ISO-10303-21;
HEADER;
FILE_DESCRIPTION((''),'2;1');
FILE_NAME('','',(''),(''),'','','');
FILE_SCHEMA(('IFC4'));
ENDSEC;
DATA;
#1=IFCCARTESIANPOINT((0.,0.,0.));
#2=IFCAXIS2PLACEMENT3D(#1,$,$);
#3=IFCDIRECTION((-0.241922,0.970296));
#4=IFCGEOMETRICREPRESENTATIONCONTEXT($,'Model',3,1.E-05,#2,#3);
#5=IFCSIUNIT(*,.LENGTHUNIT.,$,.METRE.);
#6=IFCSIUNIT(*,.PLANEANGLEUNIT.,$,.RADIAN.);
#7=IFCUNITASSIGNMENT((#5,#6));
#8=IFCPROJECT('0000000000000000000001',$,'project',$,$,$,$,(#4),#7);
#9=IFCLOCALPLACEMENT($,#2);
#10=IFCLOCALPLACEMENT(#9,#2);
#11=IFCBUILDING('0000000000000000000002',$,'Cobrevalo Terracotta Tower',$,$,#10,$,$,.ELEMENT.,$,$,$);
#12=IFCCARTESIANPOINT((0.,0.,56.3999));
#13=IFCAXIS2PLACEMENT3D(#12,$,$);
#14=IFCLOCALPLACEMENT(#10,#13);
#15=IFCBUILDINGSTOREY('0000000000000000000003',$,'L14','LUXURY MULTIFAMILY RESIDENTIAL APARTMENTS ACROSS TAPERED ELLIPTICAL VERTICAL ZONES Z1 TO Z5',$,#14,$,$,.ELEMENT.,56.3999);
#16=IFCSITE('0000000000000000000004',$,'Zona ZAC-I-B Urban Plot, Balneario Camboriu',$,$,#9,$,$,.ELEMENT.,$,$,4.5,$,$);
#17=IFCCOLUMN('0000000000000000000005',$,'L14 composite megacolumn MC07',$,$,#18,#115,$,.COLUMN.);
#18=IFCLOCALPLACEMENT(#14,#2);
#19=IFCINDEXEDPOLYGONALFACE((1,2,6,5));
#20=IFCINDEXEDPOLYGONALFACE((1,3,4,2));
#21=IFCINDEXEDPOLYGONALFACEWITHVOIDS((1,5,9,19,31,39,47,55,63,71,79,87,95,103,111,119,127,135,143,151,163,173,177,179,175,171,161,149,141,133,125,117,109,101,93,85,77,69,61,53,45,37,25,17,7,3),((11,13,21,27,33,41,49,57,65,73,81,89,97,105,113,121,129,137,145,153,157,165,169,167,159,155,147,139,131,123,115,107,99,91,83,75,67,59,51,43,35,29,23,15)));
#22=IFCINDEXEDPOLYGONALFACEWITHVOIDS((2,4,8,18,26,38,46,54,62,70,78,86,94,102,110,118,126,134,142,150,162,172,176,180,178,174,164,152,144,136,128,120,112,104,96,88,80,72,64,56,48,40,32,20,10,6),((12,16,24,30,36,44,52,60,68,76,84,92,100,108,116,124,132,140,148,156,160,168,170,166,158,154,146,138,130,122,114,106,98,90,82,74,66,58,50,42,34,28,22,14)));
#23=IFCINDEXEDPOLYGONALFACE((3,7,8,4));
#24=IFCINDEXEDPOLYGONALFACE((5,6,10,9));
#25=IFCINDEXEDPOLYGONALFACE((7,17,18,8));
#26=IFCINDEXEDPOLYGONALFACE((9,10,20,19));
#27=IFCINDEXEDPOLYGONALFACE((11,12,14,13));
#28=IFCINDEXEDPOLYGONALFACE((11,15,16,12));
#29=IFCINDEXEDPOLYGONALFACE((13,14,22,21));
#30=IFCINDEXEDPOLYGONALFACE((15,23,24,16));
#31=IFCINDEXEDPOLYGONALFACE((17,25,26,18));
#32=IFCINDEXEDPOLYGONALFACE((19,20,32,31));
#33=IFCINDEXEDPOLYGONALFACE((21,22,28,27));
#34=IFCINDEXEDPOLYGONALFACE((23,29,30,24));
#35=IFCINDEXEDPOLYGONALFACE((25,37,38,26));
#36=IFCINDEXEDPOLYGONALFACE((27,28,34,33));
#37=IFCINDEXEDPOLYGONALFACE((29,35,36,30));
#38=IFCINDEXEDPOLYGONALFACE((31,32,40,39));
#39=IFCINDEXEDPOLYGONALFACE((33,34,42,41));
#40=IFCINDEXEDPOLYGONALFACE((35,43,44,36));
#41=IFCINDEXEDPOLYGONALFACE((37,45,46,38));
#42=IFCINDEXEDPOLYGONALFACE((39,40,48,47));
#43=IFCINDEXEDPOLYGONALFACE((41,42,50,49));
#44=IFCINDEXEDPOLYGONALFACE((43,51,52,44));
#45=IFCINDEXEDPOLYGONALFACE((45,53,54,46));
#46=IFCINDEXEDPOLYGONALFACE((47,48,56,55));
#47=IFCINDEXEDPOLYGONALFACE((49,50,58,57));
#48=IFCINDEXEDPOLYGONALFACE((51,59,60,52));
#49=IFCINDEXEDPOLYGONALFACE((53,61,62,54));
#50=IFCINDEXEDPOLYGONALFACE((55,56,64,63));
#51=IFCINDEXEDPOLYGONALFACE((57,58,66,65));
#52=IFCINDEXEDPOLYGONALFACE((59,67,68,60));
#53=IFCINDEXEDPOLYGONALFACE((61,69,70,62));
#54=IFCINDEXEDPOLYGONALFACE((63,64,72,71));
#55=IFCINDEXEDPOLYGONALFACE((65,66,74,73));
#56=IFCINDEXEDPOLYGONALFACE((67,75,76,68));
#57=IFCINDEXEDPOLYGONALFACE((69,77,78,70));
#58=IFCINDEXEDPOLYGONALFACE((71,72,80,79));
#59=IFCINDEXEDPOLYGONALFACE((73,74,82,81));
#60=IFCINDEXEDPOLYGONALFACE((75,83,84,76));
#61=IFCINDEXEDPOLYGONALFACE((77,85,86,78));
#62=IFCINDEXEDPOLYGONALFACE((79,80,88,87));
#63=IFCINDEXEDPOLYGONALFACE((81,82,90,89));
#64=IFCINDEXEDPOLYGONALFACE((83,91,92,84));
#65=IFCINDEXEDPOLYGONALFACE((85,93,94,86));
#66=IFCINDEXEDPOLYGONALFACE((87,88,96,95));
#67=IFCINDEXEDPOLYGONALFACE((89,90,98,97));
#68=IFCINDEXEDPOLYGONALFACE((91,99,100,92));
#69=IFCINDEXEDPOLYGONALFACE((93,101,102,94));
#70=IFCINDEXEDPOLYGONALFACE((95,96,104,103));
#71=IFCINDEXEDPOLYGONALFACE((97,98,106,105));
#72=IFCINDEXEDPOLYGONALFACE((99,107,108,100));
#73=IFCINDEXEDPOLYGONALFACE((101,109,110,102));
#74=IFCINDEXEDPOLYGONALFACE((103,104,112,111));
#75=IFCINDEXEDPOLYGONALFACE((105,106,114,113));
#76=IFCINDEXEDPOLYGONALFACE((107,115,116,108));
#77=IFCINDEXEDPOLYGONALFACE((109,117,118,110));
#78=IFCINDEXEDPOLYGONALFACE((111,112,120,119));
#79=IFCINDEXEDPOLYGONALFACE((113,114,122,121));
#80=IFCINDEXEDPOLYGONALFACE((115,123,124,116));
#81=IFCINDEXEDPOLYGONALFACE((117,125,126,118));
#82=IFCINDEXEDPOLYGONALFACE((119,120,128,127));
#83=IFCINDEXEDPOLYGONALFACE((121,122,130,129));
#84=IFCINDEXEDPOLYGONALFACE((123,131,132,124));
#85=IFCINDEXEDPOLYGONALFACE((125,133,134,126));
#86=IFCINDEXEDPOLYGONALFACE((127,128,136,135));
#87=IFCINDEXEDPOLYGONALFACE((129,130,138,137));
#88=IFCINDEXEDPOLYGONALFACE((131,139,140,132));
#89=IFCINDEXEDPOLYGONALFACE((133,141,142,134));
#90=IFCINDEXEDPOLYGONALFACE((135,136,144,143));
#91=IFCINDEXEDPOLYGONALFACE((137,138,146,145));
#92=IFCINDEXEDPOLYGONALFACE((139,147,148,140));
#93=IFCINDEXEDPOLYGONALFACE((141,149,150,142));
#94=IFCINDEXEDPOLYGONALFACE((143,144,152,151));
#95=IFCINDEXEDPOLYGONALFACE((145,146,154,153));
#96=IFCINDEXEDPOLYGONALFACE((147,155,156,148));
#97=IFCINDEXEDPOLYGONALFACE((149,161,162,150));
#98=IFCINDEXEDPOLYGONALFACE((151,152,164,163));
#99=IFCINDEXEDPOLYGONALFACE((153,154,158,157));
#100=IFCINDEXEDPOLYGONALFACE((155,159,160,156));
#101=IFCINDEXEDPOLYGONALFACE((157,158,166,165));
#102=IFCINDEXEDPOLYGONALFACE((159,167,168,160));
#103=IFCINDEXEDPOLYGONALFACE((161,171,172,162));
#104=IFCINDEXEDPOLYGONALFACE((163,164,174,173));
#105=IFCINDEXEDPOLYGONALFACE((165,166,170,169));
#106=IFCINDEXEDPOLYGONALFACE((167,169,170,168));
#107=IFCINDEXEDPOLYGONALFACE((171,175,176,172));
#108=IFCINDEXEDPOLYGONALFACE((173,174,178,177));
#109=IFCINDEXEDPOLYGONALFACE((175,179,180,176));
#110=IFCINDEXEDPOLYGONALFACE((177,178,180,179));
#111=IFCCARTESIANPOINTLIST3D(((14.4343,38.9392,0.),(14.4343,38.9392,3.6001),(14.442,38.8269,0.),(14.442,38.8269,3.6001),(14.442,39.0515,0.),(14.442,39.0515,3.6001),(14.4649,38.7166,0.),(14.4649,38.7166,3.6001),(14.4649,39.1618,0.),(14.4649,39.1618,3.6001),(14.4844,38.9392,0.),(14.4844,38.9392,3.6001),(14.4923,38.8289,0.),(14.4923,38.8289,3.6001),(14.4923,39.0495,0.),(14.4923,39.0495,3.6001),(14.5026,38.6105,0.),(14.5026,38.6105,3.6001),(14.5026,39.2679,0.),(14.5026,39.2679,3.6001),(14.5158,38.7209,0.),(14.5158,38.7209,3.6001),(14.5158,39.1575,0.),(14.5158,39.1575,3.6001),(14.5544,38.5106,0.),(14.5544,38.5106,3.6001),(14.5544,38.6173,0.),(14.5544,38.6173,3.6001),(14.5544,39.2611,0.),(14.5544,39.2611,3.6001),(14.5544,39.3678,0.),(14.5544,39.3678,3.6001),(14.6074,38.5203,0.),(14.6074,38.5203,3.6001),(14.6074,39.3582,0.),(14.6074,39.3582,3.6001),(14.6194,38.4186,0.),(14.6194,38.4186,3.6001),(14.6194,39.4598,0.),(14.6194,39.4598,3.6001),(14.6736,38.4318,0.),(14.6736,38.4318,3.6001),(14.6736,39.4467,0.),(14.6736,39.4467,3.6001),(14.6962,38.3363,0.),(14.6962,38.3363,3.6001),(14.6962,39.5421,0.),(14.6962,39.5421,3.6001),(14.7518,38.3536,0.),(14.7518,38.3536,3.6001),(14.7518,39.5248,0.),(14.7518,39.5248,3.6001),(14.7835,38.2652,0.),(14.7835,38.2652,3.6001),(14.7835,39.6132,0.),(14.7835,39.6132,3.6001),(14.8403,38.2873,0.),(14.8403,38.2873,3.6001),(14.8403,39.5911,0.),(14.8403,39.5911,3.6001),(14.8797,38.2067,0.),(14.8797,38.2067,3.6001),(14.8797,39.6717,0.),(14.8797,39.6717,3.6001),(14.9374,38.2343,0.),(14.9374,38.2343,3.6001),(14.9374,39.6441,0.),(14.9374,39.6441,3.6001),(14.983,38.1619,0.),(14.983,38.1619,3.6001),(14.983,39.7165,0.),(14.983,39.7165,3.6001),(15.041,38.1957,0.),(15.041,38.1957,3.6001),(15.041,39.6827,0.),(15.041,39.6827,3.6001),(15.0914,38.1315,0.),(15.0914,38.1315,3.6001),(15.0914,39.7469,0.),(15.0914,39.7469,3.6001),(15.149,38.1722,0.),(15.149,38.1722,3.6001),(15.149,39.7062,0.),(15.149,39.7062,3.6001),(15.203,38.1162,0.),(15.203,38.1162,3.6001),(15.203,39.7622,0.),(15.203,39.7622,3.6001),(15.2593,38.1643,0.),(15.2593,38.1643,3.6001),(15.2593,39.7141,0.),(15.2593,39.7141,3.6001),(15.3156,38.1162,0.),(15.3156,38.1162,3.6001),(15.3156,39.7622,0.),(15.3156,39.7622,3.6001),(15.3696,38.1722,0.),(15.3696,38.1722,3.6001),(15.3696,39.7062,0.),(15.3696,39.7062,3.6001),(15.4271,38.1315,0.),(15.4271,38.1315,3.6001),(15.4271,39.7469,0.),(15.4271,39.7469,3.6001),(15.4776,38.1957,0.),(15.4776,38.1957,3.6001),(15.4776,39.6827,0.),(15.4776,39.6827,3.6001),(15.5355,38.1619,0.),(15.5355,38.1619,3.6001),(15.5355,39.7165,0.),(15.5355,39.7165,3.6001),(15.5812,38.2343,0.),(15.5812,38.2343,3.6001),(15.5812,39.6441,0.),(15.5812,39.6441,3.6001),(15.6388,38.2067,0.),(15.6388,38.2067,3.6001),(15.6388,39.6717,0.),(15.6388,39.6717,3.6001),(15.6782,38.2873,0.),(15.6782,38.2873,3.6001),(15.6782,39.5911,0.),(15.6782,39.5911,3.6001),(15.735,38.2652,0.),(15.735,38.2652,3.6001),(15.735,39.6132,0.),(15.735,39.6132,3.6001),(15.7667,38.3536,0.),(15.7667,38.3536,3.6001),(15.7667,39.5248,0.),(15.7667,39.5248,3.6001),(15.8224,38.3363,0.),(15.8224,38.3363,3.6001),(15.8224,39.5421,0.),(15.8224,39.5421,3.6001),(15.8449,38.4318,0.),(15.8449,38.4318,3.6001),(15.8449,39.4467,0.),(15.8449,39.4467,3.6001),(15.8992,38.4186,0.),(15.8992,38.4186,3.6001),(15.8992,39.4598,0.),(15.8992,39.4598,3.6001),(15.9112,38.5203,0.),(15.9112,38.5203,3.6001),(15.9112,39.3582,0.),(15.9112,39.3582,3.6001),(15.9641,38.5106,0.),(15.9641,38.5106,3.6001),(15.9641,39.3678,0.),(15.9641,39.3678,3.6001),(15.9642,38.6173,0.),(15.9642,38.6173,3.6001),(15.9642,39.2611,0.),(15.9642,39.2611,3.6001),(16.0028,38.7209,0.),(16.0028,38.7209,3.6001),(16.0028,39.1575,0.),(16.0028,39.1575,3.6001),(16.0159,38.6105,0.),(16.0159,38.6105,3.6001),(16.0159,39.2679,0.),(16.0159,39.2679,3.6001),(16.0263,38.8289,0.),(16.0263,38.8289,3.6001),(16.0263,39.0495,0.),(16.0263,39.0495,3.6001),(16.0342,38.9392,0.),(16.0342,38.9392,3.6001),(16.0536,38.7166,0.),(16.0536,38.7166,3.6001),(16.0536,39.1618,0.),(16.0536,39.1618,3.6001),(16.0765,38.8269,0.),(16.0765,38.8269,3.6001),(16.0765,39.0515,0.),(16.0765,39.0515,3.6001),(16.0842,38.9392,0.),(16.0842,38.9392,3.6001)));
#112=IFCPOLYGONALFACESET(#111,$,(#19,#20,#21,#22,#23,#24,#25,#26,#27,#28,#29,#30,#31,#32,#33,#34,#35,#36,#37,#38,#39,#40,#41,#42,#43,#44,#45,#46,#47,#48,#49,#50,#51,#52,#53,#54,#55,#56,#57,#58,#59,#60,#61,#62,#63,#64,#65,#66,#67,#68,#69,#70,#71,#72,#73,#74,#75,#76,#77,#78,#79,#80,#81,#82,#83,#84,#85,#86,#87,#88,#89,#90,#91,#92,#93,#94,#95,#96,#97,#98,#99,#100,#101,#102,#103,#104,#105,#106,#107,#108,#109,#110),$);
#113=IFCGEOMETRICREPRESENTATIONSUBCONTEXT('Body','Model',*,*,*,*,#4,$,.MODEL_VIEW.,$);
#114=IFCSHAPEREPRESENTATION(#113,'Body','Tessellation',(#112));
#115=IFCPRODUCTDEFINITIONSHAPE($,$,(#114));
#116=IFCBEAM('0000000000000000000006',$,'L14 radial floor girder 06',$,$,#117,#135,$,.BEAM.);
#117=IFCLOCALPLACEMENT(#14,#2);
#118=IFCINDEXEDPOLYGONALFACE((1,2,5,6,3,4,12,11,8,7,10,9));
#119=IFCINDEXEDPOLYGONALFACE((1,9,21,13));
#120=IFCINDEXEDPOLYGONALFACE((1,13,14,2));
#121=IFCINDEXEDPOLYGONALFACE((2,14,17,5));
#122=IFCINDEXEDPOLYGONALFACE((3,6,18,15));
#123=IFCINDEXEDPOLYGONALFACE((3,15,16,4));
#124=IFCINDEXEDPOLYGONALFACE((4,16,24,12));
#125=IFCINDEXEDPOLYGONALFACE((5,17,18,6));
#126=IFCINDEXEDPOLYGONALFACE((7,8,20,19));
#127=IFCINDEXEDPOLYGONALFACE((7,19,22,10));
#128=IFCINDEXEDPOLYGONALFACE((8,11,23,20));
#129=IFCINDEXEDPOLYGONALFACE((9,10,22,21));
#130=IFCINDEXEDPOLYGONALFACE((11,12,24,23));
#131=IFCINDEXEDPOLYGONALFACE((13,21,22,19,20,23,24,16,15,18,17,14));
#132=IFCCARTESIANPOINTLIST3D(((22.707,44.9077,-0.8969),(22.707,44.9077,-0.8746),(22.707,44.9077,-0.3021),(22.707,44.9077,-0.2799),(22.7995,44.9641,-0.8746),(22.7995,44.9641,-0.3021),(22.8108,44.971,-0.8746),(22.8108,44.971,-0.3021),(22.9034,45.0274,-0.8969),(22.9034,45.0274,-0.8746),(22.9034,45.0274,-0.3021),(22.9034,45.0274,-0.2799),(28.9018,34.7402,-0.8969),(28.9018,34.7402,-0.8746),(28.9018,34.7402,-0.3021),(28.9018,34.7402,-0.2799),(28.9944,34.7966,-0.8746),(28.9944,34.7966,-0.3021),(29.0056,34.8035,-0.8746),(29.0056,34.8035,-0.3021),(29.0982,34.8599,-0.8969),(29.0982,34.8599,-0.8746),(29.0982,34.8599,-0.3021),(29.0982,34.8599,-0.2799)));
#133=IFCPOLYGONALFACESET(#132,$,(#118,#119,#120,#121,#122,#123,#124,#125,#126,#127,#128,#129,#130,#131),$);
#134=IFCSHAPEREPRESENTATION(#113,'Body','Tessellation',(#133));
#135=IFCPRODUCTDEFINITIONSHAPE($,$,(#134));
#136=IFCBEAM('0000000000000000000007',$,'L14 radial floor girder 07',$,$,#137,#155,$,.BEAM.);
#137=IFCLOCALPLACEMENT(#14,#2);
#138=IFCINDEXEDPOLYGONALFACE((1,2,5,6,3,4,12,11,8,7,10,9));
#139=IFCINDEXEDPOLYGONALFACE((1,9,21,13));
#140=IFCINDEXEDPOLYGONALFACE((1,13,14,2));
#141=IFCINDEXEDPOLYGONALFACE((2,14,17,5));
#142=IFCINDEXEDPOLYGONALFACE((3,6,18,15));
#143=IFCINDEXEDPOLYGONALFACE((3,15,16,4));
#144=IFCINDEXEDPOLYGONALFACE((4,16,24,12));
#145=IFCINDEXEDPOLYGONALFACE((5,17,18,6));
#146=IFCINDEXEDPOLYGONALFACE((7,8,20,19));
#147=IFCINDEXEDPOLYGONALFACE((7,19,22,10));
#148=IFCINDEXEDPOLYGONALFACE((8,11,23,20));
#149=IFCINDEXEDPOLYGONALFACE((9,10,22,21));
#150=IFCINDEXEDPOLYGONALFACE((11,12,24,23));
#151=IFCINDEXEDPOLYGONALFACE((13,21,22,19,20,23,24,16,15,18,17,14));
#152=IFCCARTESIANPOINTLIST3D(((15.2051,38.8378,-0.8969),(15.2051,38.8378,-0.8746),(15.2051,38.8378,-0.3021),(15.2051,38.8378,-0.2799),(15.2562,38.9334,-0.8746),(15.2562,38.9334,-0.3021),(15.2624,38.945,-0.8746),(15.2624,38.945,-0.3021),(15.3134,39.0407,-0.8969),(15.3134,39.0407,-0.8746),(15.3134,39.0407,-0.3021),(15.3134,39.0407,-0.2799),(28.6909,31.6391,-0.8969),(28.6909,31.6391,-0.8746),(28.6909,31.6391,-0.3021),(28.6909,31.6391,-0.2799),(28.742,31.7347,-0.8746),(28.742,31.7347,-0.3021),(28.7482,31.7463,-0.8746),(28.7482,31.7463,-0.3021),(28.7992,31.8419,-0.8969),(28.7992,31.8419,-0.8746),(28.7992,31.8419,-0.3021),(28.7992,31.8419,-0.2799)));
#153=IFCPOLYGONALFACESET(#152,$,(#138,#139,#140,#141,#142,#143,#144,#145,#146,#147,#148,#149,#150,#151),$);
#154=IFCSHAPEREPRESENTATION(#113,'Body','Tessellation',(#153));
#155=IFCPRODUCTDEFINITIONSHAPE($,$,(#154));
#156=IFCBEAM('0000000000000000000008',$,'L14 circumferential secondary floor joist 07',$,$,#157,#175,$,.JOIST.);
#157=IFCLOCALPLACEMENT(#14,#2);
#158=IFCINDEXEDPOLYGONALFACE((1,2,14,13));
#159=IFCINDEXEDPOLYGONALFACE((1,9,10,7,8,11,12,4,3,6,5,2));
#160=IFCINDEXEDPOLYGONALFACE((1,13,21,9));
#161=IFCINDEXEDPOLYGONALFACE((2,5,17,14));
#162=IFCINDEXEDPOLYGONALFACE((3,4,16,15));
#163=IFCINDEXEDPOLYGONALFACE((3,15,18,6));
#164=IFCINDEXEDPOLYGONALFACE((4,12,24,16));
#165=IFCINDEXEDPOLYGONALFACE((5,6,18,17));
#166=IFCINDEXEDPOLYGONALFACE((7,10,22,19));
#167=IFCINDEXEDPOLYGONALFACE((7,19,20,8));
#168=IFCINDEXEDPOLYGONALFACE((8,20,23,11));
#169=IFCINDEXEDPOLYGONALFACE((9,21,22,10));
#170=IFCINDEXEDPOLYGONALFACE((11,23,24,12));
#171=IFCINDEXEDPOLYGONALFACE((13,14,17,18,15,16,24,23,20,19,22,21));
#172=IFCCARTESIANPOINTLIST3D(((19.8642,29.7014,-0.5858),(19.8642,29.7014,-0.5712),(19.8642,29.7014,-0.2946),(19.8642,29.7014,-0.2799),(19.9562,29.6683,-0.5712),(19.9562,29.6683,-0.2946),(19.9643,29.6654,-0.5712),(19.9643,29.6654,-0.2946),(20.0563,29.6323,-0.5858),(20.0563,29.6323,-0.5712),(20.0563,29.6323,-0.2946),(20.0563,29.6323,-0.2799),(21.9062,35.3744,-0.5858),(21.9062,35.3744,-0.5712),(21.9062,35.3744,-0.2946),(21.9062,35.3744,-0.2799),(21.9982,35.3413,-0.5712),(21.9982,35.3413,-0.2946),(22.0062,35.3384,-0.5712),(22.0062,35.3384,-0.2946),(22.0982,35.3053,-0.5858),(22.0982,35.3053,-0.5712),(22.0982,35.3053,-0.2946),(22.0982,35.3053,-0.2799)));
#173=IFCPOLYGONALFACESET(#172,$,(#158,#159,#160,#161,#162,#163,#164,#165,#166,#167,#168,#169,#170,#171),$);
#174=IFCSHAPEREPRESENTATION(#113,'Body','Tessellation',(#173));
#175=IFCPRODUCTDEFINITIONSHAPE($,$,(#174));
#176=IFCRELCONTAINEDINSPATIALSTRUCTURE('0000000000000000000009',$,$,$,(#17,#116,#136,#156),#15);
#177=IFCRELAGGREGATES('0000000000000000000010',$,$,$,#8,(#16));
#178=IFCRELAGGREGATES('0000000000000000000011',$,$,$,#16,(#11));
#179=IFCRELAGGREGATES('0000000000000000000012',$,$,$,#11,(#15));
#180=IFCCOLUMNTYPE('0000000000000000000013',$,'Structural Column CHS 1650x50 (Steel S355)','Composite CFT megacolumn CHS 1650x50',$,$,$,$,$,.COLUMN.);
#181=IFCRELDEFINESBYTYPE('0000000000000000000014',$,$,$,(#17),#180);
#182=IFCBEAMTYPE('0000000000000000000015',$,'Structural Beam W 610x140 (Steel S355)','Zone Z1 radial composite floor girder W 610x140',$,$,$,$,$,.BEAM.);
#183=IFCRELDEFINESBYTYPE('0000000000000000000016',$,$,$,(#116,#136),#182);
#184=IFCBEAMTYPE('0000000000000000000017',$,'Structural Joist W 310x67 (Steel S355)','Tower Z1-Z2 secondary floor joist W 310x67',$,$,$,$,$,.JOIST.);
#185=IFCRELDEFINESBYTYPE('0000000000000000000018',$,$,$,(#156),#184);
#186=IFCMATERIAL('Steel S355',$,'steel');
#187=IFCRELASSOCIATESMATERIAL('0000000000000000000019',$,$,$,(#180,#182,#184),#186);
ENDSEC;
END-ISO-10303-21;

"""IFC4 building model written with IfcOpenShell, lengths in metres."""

from ifc_helpers import new_model, si_unit, direction, frame, origin, origin_2d, place, context, subcontext, project, spatial, hollow_circle, i_section, extrude, material, material_profile, profile_set, type_object, element, save


model = new_model("IFC4")

# Units and contexts
model_context = context("Model", 3, precision=1e-05, world=origin(), true_north=direction((-0.241922, 0.970296)))
body_context = subcontext(model_context, "Body", "Model", "MODEL_VIEW")
ifc_project = project(units=[si_unit("LENGTHUNIT", "METRE"), si_unit("PLANEANGLEUNIT", "RADIAN")], contexts=[model_context])

# Site, building, storey
site_placement = place(None, origin())
site = spatial("IfcSite", under=ifc_project, at=site_placement, Name="Zona ZAC-I-B Urban Plot, Balneario Camboriu", CompositionType="ELEMENT", RefElevation=4.5)
building_placement = place(site_placement, origin())
building = spatial("IfcBuilding", under=site, at=building_placement, Name="Cobrevalo Terracotta Tower", CompositionType="ELEMENT")
storey_placement = place(building_placement, frame((0.0, 0.0, 56.3999)))
storey = spatial("IfcBuildingStorey", under=building, at=storey_placement, Name="L14", Description="LUXURY MULTIFAMILY RESIDENTIAL APARTMENTS ACROSS TAPERED ELLIPTICAL VERTICAL ZONES Z1 TO Z5", CompositionType="ELEMENT", Elevation=56.3999)

# Column
ifc_material_1 = material(Name="Steel S355", Category="steel")
ifc_material_profile_1 = material_profile(ifc_material_1, hollow_circle(Radius=0.825, WallThickness=0.05, at=origin_2d()), Name="CHS 1650x50")
ifc_profile_set_1 = profile_set([ifc_material_profile_1], Name="Steel S355")
column_type = type_object("IfcColumnType", Name="Structural Column CHS 1650x50 (Steel S355)", Description="Composite CFT megacolumn CHS 1650x50", PredefinedType="COLUMN", material=ifc_profile_set_1)
for number, where, z_axis, x_axis, name in (
    (1, (15.2593, 38.9392, 0.0), (0.0, 0.0, 1.0), (1.0, 0.0, 0.0), "L14 composite megacolumn MC07"),
):
    element("IfcColumn", number, at=place(storey_placement, frame(where, z_axis=z_axis, x_axis=x_axis)), inside=storey, type_object=column_type, Name=name, PredefinedType="COLUMN", context=body_context, shape_type="SweptSolid", body=[
        extrude(hollow_circle(Radius=0.825, WallThickness=0.05, at=origin_2d()), origin(), (0.0, 0.0, 1.0), 3.6001),
    ])

# Beams
ifc_material_profile_2 = material_profile(ifc_material_1, i_section(OverallWidth=0.23, OverallDepth=0.6169, WebThickness=0.0132, FlangeThickness=0.0222, at=origin_2d()), Name="W 610x140")
ifc_profile_set_2 = profile_set([ifc_material_profile_2], Name="Steel S355")
beam_type_1 = type_object("IfcBeamType", Name="Structural Beam W 610x140 (Steel S355)", Description="Zone Z1 radial composite floor girder W 610x140", PredefinedType="BEAM", material=ifc_profile_set_2)
beam_1_placement = place(storey_placement, frame((22.8052, 44.9675, -0.5884), z_axis=(0.52031, -0.853978, 0.0), x_axis=(0.853978, 0.52031, 0.0)))
element("IfcBeam", 2, at=beam_1_placement, inside=storey, type_object=beam_type_1, Name="L14 radial floor girder 06", PredefinedType="BEAM", context=body_context, shape_type="SweptSolid", body=[
    extrude(i_section(OverallWidth=0.23, OverallDepth=0.6169, WebThickness=0.0132, FlangeThickness=0.0222, at=origin_2d()), origin(), (0.0, 0.0, 1.0), 11.906),
])
beam_2_placement = place(storey_placement, frame((15.2593, 38.9392, -0.5884), z_axis=(0.882182, -0.470908, 0.0), x_axis=(0.470908, 0.882182, 0.0)))
element("IfcBeam", 3, at=beam_2_placement, inside=storey, type_object=beam_type_1, Name="L14 radial floor girder 07", PredefinedType="BEAM", context=body_context, shape_type="SweptSolid", body=[
    extrude(i_section(OverallWidth=0.23, OverallDepth=0.6169, WebThickness=0.0132, FlangeThickness=0.0222, at=origin_2d()), origin(), (0.0, 0.0, 1.0), 15.2869),
])
ifc_material_profile_3 = material_profile(ifc_material_1, i_section(OverallWidth=0.2041, OverallDepth=0.3059, WebThickness=0.0085, FlangeThickness=0.0146, at=origin_2d()), Name="W 310x67")
ifc_profile_set_3 = profile_set([ifc_material_profile_3], Name="Steel S355")
beam_type_2 = type_object("IfcBeamType", Name="Structural Joist W 310x67 (Steel S355)", Description="Tower Z1-Z2 secondary floor joist W 310x67", PredefinedType="JOIST", material=ifc_profile_set_3)
beam_3_placement = place(storey_placement, frame((22.0022, 35.3398, -0.4329), z_axis=(-0.338672, -0.940904, 0.0), x_axis=(0.940904, -0.338672, 0.0)))
element("IfcBeam", 4, at=beam_3_placement, inside=storey, type_object=beam_type_2, Name="L14 circumferential secondary floor joist 07", PredefinedType="JOIST", context=body_context, shape_type="SweptSolid", body=[
    extrude(i_section(OverallWidth=0.2041, OverallDepth=0.3059, WebThickness=0.0085, FlangeThickness=0.0146, at=origin_2d()), origin(), (0.0, 0.0, 1.0), 6.0293),
])

save(model, "model.ifc")
